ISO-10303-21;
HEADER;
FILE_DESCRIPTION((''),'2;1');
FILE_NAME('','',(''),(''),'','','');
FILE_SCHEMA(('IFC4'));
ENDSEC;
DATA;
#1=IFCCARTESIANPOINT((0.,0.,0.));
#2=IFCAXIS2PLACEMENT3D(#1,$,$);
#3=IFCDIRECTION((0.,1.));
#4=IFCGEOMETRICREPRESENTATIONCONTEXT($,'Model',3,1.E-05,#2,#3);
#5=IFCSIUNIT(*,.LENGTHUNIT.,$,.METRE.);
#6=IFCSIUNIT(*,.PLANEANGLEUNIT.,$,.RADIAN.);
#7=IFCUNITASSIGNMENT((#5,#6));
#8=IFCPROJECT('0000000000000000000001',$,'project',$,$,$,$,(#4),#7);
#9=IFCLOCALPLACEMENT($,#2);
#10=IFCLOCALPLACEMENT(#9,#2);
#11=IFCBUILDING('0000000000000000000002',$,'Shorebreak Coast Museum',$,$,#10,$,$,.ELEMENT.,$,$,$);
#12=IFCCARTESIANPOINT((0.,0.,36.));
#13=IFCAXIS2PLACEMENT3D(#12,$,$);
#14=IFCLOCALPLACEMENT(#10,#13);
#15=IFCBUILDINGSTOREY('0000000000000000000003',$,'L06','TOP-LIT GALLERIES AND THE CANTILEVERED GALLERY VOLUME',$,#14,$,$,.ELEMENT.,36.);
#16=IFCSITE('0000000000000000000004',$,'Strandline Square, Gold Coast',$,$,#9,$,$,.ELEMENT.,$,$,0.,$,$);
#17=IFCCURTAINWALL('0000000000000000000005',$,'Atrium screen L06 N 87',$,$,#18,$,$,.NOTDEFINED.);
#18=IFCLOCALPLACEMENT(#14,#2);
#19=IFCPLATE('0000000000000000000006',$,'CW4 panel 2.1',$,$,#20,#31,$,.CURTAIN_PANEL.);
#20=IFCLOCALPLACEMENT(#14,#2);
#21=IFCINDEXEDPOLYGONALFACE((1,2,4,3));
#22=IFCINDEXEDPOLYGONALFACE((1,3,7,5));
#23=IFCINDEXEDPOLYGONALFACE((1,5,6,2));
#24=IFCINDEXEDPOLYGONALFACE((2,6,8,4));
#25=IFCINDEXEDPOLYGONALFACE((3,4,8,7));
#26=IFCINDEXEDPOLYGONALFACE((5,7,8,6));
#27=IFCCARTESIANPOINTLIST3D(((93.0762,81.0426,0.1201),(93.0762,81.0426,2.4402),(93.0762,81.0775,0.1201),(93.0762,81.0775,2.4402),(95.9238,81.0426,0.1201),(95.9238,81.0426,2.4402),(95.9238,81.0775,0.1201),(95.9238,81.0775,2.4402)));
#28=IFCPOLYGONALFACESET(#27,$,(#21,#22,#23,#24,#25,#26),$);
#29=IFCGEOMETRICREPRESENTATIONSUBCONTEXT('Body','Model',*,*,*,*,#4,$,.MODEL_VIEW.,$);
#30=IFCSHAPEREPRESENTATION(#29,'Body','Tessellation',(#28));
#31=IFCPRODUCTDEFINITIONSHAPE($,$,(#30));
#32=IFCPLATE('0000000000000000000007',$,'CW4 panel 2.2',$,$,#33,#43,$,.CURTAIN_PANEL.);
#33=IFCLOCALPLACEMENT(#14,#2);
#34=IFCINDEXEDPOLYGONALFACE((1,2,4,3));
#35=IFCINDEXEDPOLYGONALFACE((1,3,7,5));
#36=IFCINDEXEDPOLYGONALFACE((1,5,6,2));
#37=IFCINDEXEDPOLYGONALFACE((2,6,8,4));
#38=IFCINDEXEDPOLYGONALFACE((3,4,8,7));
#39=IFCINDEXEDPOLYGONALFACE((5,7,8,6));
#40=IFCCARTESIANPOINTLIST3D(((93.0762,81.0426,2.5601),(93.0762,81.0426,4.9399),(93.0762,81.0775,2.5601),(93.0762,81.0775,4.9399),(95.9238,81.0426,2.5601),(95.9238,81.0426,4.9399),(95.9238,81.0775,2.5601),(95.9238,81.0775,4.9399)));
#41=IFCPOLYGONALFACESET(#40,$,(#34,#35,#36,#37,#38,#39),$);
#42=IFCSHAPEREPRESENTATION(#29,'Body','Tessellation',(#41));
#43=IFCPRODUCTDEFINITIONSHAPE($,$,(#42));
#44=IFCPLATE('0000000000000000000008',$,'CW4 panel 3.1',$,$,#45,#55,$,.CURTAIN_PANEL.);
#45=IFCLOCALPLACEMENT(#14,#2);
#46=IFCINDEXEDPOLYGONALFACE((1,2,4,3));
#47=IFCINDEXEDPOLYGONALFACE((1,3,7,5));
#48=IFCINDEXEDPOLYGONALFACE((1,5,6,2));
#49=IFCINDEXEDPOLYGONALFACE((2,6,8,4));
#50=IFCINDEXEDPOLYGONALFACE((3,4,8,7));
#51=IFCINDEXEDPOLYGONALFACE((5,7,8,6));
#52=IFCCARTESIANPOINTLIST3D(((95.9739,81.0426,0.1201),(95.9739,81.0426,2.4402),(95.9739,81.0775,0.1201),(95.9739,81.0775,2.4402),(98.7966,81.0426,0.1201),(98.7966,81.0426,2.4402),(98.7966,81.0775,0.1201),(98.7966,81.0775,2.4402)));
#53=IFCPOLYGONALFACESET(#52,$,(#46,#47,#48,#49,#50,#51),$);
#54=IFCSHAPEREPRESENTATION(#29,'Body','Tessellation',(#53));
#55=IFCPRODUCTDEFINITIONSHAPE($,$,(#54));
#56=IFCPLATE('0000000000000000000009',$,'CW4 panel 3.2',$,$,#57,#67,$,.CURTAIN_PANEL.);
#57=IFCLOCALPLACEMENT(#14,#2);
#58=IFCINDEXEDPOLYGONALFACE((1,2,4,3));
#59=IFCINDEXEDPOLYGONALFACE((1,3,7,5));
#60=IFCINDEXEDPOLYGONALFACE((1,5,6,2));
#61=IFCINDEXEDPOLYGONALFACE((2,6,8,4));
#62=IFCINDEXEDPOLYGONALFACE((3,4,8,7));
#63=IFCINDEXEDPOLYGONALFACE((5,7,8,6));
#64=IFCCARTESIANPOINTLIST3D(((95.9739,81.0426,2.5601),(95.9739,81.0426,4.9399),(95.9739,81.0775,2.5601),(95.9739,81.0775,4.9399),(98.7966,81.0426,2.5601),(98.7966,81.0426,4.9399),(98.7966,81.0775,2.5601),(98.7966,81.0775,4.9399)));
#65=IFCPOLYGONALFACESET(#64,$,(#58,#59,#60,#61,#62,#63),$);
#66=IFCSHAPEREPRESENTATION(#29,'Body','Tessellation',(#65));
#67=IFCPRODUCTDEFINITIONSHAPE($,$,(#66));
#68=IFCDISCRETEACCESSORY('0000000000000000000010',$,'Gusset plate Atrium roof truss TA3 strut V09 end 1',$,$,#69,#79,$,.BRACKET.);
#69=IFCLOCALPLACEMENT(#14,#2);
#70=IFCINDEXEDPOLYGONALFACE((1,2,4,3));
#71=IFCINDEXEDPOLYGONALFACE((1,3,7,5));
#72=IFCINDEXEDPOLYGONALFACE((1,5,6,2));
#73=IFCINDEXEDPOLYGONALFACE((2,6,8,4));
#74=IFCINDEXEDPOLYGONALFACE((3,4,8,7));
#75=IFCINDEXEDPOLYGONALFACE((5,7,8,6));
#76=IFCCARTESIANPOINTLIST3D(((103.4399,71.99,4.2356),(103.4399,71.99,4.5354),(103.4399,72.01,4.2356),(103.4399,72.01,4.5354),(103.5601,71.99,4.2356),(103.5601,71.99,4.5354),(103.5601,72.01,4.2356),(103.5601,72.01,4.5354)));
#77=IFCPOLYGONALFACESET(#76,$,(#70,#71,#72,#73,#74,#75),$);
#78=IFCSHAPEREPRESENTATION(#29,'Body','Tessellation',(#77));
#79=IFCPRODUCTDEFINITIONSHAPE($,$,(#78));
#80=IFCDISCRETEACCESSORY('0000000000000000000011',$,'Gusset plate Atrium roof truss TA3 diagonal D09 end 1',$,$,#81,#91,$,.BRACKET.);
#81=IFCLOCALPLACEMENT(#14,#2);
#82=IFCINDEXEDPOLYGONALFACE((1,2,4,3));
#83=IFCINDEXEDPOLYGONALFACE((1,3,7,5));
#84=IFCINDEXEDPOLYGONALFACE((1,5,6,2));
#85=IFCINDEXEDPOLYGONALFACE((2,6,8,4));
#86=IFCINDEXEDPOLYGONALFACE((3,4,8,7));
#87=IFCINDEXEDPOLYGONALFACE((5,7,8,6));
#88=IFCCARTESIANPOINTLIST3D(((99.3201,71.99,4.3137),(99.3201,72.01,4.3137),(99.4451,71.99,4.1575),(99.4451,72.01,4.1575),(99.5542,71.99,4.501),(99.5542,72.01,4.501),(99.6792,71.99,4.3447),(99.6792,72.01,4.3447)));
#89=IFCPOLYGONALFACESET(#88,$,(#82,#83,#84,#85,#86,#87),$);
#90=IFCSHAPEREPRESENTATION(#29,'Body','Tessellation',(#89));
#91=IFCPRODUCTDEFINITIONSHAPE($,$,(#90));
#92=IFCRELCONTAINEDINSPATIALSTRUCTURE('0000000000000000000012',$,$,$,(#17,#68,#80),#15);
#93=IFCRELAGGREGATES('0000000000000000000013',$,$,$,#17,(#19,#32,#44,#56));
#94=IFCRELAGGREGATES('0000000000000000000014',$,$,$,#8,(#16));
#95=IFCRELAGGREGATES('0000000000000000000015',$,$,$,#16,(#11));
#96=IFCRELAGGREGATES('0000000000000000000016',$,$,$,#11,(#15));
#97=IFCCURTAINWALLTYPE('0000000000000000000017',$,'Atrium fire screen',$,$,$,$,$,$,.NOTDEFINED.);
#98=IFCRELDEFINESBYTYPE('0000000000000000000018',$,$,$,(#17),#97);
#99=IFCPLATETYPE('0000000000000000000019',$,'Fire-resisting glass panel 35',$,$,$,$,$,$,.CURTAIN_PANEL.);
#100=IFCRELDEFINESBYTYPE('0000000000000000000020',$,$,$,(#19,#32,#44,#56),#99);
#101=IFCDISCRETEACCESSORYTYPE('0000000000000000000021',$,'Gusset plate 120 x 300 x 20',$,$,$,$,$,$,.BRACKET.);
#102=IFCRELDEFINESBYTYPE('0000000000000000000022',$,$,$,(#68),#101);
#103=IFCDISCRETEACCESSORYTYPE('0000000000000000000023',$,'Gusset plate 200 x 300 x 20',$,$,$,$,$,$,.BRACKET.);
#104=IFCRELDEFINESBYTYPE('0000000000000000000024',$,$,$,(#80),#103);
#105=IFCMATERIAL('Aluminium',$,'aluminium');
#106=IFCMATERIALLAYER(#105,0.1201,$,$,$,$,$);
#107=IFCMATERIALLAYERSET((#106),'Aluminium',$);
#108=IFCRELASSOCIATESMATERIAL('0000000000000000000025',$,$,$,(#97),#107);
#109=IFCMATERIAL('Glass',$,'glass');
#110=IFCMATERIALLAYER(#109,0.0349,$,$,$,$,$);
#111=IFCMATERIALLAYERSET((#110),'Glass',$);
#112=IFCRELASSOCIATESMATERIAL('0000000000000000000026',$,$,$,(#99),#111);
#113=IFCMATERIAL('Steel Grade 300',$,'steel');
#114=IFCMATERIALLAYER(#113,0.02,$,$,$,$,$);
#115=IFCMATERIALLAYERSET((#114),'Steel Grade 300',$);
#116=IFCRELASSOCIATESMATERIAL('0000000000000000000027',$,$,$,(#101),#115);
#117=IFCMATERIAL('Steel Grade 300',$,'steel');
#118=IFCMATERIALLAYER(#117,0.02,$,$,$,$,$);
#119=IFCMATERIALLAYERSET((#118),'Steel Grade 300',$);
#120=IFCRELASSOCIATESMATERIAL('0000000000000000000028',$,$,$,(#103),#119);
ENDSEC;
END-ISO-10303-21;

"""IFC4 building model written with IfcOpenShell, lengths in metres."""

from ifc_helpers import new_model, si_unit, direction, frame, origin, origin_2d, place, context, subcontext, project, spatial, polyline, rectangle, outline, extrude, material, layer, layer_set, type_object, element, aggregate, save


model = new_model("IFC4")

# Units and contexts
model_context = context("Model", 3, precision=1e-05, world=origin(), true_north=direction((0.0, 1.0)))
body_context = subcontext(model_context, "Body", "Model", "MODEL_VIEW")
ifc_project = project(units=[si_unit("LENGTHUNIT", "METRE"), si_unit("PLANEANGLEUNIT", "RADIAN")], contexts=[model_context])

# Site, building, storey
site_placement = place(None, origin())
site = spatial("IfcSite", under=ifc_project, at=site_placement, Name="Strandline Square, Gold Coast", CompositionType="ELEMENT", RefElevation=0.0)
building_placement = place(site_placement, origin())
building = spatial("IfcBuilding", under=site, at=building_placement, Name="Shorebreak Coast Museum", CompositionType="ELEMENT")
storey_placement = place(building_placement, frame((0.0, 0.0, 36.0)))
storey = spatial("IfcBuildingStorey", under=building, at=storey_placement, Name="L06", Description="TOP-LIT GALLERIES AND THE CANTILEVERED GALLERY VOLUME", CompositionType="ELEMENT", Elevation=36.0)

# Curtain wall, plates
ifc_material_1 = material(Name="Aluminium", Category="aluminium")
ifc_layer_1 = layer(ifc_material_1, 0.1201)
ifc_layer_set_1 = layer_set([ifc_layer_1], Name="Aluminium")
curtain_wall_type = type_object("IfcCurtainWallType", Name="Atrium fire screen", PredefinedType="NOTDEFINED", material=ifc_layer_set_1)
curtain_wall_placement = place(storey_placement, origin())
curtain_wall = element("IfcCurtainWall", 1, at=curtain_wall_placement, inside=storey, type_object=curtain_wall_type, Name="Atrium screen L06 N 87", PredefinedType="NOTDEFINED")
ifc_material_2 = material(Name="Glass", Category="glass")
ifc_layer_2 = layer(ifc_material_2, 0.0349)
ifc_layer_set_2 = layer_set([ifc_layer_2], Name="Glass")
plate_type = type_object("IfcPlateType", Name="Fire-resisting glass panel 35", PredefinedType="CURTAIN_PANEL", material=ifc_layer_set_2)
plate_1_placement = place(storey_placement, frame((94.5, 81.0601, 0.1201), z_axis=(0.0, 0.0, 1.0), x_axis=(1.0, 0.0, 0.0)))
plate_1 = element("IfcPlate", 2, at=plate_1_placement, type_object=plate_type, Name="CW4 panel 2.1", PredefinedType="CURTAIN_PANEL", context=body_context, shape_type="SweptSolid", body=[
    extrude(rectangle(XDim=2.8477, YDim=0.0349, at=origin_2d()), origin(), (0.0, 0.0, 1.0), 2.3201),
])
plate_2_placement = place(storey_placement, frame((94.5, 81.0601, 2.5601), z_axis=(0.0, 0.0, 1.0), x_axis=(1.0, 0.0, 0.0)))
plate_2 = element("IfcPlate", 3, at=plate_2_placement, type_object=plate_type, Name="CW4 panel 2.2", PredefinedType="CURTAIN_PANEL", context=body_context, shape_type="SweptSolid", body=[
    extrude(rectangle(XDim=2.8477, YDim=0.0349, at=origin_2d()), origin(), (0.0, 0.0, 1.0), 2.3799),
])
plate_3_placement = place(storey_placement, frame((97.3853, 81.0601, 0.1201), z_axis=(0.0, 0.0, 1.0), x_axis=(1.0, 0.0, 0.0)))
plate_3 = element("IfcPlate", 4, at=plate_3_placement, type_object=plate_type, Name="CW4 panel 3.1", PredefinedType="CURTAIN_PANEL", context=body_context, shape_type="SweptSolid", body=[
    extrude(rectangle(XDim=2.8228, YDim=0.0349, at=origin_2d()), origin(), (0.0, 0.0, 1.0), 2.3201),
])
plate_4_placement = place(storey_placement, frame((97.3853, 81.0601, 2.5601), z_axis=(0.0, 0.0, 1.0), x_axis=(1.0, 0.0, 0.0)))
plate_4 = element("IfcPlate", 5, at=plate_4_placement, type_object=plate_type, Name="CW4 panel 3.2", PredefinedType="CURTAIN_PANEL", context=body_context, shape_type="SweptSolid", body=[
    extrude(rectangle(XDim=2.8228, YDim=0.0349, at=origin_2d()), origin(), (0.0, 0.0, 1.0), 2.3799),
])
aggregate(curtain_wall, [plate_1, plate_2, plate_3, plate_4])

# Discrete accessories
ifc_material_3 = material(Name="Steel Grade 300", Category="steel")
ifc_layer_3 = layer(ifc_material_3, 0.02)
ifc_layer_set_3 = layer_set([ifc_layer_3], Name="Steel Grade 300")
discrete_accessory_type_1 = type_object("IfcDiscreteAccessoryType", Name="Gusset plate 120 x 300 x 20", PredefinedType="BRACKET", material=ifc_layer_set_3)
discrete_accessory_1_placement = place(storey_placement, frame((103.4399, 71.99, 4.2356), z_axis=(0.0, -1.0, 0.0), x_axis=(1.0, 0.0, 0.0)))
element("IfcDiscreteAccessory", 6, at=discrete_accessory_1_placement, inside=storey, type_object=discrete_accessory_type_1, Name="Gusset plate Atrium roof truss TA3 strut V09 end 1", PredefinedType="BRACKET", context=body_context, shape_type="SweptSolid", body=[
    extrude(outline(polyline([(0.0, 0.0), (0.1201, 0.0), (0.1201, 0.2998), (0.0, 0.2998), (0.0, 0.0)])), origin(), (0.0, 0.0, -1.0), 0.02),
])
ifc_material_4 = material(Name="Steel Grade 300", Category="steel")
ifc_layer_4 = layer(ifc_material_4, 0.02)
ifc_layer_set_4 = layer_set([ifc_layer_4], Name="Steel Grade 300")
discrete_accessory_type_2 = type_object("IfcDiscreteAccessoryType", Name="Gusset plate 200 x 300 x 20", PredefinedType="BRACKET", material=ifc_layer_set_4)
discrete_accessory_2_placement = place(storey_placement, frame((99.3201, 71.99, 4.3137), z_axis=(0.0, -1.0, 0.0), x_axis=(0.624695, 0.0, -0.780869)))
element("IfcDiscreteAccessory", 7, at=discrete_accessory_2_placement, inside=storey, type_object=discrete_accessory_type_2, Name="Gusset plate Atrium roof truss TA3 diagonal D09 end 1", PredefinedType="BRACKET", context=body_context, shape_type="SweptSolid", body=[
    extrude(outline(polyline([(0.0, 0.0), (0.2001, 0.0), (0.2001, 0.2998), (0.0, 0.2998), (0.0, 0.0)])), origin(), (0.0, 0.0, -1.0), 0.02),
])

save(model, "model.ifc")
